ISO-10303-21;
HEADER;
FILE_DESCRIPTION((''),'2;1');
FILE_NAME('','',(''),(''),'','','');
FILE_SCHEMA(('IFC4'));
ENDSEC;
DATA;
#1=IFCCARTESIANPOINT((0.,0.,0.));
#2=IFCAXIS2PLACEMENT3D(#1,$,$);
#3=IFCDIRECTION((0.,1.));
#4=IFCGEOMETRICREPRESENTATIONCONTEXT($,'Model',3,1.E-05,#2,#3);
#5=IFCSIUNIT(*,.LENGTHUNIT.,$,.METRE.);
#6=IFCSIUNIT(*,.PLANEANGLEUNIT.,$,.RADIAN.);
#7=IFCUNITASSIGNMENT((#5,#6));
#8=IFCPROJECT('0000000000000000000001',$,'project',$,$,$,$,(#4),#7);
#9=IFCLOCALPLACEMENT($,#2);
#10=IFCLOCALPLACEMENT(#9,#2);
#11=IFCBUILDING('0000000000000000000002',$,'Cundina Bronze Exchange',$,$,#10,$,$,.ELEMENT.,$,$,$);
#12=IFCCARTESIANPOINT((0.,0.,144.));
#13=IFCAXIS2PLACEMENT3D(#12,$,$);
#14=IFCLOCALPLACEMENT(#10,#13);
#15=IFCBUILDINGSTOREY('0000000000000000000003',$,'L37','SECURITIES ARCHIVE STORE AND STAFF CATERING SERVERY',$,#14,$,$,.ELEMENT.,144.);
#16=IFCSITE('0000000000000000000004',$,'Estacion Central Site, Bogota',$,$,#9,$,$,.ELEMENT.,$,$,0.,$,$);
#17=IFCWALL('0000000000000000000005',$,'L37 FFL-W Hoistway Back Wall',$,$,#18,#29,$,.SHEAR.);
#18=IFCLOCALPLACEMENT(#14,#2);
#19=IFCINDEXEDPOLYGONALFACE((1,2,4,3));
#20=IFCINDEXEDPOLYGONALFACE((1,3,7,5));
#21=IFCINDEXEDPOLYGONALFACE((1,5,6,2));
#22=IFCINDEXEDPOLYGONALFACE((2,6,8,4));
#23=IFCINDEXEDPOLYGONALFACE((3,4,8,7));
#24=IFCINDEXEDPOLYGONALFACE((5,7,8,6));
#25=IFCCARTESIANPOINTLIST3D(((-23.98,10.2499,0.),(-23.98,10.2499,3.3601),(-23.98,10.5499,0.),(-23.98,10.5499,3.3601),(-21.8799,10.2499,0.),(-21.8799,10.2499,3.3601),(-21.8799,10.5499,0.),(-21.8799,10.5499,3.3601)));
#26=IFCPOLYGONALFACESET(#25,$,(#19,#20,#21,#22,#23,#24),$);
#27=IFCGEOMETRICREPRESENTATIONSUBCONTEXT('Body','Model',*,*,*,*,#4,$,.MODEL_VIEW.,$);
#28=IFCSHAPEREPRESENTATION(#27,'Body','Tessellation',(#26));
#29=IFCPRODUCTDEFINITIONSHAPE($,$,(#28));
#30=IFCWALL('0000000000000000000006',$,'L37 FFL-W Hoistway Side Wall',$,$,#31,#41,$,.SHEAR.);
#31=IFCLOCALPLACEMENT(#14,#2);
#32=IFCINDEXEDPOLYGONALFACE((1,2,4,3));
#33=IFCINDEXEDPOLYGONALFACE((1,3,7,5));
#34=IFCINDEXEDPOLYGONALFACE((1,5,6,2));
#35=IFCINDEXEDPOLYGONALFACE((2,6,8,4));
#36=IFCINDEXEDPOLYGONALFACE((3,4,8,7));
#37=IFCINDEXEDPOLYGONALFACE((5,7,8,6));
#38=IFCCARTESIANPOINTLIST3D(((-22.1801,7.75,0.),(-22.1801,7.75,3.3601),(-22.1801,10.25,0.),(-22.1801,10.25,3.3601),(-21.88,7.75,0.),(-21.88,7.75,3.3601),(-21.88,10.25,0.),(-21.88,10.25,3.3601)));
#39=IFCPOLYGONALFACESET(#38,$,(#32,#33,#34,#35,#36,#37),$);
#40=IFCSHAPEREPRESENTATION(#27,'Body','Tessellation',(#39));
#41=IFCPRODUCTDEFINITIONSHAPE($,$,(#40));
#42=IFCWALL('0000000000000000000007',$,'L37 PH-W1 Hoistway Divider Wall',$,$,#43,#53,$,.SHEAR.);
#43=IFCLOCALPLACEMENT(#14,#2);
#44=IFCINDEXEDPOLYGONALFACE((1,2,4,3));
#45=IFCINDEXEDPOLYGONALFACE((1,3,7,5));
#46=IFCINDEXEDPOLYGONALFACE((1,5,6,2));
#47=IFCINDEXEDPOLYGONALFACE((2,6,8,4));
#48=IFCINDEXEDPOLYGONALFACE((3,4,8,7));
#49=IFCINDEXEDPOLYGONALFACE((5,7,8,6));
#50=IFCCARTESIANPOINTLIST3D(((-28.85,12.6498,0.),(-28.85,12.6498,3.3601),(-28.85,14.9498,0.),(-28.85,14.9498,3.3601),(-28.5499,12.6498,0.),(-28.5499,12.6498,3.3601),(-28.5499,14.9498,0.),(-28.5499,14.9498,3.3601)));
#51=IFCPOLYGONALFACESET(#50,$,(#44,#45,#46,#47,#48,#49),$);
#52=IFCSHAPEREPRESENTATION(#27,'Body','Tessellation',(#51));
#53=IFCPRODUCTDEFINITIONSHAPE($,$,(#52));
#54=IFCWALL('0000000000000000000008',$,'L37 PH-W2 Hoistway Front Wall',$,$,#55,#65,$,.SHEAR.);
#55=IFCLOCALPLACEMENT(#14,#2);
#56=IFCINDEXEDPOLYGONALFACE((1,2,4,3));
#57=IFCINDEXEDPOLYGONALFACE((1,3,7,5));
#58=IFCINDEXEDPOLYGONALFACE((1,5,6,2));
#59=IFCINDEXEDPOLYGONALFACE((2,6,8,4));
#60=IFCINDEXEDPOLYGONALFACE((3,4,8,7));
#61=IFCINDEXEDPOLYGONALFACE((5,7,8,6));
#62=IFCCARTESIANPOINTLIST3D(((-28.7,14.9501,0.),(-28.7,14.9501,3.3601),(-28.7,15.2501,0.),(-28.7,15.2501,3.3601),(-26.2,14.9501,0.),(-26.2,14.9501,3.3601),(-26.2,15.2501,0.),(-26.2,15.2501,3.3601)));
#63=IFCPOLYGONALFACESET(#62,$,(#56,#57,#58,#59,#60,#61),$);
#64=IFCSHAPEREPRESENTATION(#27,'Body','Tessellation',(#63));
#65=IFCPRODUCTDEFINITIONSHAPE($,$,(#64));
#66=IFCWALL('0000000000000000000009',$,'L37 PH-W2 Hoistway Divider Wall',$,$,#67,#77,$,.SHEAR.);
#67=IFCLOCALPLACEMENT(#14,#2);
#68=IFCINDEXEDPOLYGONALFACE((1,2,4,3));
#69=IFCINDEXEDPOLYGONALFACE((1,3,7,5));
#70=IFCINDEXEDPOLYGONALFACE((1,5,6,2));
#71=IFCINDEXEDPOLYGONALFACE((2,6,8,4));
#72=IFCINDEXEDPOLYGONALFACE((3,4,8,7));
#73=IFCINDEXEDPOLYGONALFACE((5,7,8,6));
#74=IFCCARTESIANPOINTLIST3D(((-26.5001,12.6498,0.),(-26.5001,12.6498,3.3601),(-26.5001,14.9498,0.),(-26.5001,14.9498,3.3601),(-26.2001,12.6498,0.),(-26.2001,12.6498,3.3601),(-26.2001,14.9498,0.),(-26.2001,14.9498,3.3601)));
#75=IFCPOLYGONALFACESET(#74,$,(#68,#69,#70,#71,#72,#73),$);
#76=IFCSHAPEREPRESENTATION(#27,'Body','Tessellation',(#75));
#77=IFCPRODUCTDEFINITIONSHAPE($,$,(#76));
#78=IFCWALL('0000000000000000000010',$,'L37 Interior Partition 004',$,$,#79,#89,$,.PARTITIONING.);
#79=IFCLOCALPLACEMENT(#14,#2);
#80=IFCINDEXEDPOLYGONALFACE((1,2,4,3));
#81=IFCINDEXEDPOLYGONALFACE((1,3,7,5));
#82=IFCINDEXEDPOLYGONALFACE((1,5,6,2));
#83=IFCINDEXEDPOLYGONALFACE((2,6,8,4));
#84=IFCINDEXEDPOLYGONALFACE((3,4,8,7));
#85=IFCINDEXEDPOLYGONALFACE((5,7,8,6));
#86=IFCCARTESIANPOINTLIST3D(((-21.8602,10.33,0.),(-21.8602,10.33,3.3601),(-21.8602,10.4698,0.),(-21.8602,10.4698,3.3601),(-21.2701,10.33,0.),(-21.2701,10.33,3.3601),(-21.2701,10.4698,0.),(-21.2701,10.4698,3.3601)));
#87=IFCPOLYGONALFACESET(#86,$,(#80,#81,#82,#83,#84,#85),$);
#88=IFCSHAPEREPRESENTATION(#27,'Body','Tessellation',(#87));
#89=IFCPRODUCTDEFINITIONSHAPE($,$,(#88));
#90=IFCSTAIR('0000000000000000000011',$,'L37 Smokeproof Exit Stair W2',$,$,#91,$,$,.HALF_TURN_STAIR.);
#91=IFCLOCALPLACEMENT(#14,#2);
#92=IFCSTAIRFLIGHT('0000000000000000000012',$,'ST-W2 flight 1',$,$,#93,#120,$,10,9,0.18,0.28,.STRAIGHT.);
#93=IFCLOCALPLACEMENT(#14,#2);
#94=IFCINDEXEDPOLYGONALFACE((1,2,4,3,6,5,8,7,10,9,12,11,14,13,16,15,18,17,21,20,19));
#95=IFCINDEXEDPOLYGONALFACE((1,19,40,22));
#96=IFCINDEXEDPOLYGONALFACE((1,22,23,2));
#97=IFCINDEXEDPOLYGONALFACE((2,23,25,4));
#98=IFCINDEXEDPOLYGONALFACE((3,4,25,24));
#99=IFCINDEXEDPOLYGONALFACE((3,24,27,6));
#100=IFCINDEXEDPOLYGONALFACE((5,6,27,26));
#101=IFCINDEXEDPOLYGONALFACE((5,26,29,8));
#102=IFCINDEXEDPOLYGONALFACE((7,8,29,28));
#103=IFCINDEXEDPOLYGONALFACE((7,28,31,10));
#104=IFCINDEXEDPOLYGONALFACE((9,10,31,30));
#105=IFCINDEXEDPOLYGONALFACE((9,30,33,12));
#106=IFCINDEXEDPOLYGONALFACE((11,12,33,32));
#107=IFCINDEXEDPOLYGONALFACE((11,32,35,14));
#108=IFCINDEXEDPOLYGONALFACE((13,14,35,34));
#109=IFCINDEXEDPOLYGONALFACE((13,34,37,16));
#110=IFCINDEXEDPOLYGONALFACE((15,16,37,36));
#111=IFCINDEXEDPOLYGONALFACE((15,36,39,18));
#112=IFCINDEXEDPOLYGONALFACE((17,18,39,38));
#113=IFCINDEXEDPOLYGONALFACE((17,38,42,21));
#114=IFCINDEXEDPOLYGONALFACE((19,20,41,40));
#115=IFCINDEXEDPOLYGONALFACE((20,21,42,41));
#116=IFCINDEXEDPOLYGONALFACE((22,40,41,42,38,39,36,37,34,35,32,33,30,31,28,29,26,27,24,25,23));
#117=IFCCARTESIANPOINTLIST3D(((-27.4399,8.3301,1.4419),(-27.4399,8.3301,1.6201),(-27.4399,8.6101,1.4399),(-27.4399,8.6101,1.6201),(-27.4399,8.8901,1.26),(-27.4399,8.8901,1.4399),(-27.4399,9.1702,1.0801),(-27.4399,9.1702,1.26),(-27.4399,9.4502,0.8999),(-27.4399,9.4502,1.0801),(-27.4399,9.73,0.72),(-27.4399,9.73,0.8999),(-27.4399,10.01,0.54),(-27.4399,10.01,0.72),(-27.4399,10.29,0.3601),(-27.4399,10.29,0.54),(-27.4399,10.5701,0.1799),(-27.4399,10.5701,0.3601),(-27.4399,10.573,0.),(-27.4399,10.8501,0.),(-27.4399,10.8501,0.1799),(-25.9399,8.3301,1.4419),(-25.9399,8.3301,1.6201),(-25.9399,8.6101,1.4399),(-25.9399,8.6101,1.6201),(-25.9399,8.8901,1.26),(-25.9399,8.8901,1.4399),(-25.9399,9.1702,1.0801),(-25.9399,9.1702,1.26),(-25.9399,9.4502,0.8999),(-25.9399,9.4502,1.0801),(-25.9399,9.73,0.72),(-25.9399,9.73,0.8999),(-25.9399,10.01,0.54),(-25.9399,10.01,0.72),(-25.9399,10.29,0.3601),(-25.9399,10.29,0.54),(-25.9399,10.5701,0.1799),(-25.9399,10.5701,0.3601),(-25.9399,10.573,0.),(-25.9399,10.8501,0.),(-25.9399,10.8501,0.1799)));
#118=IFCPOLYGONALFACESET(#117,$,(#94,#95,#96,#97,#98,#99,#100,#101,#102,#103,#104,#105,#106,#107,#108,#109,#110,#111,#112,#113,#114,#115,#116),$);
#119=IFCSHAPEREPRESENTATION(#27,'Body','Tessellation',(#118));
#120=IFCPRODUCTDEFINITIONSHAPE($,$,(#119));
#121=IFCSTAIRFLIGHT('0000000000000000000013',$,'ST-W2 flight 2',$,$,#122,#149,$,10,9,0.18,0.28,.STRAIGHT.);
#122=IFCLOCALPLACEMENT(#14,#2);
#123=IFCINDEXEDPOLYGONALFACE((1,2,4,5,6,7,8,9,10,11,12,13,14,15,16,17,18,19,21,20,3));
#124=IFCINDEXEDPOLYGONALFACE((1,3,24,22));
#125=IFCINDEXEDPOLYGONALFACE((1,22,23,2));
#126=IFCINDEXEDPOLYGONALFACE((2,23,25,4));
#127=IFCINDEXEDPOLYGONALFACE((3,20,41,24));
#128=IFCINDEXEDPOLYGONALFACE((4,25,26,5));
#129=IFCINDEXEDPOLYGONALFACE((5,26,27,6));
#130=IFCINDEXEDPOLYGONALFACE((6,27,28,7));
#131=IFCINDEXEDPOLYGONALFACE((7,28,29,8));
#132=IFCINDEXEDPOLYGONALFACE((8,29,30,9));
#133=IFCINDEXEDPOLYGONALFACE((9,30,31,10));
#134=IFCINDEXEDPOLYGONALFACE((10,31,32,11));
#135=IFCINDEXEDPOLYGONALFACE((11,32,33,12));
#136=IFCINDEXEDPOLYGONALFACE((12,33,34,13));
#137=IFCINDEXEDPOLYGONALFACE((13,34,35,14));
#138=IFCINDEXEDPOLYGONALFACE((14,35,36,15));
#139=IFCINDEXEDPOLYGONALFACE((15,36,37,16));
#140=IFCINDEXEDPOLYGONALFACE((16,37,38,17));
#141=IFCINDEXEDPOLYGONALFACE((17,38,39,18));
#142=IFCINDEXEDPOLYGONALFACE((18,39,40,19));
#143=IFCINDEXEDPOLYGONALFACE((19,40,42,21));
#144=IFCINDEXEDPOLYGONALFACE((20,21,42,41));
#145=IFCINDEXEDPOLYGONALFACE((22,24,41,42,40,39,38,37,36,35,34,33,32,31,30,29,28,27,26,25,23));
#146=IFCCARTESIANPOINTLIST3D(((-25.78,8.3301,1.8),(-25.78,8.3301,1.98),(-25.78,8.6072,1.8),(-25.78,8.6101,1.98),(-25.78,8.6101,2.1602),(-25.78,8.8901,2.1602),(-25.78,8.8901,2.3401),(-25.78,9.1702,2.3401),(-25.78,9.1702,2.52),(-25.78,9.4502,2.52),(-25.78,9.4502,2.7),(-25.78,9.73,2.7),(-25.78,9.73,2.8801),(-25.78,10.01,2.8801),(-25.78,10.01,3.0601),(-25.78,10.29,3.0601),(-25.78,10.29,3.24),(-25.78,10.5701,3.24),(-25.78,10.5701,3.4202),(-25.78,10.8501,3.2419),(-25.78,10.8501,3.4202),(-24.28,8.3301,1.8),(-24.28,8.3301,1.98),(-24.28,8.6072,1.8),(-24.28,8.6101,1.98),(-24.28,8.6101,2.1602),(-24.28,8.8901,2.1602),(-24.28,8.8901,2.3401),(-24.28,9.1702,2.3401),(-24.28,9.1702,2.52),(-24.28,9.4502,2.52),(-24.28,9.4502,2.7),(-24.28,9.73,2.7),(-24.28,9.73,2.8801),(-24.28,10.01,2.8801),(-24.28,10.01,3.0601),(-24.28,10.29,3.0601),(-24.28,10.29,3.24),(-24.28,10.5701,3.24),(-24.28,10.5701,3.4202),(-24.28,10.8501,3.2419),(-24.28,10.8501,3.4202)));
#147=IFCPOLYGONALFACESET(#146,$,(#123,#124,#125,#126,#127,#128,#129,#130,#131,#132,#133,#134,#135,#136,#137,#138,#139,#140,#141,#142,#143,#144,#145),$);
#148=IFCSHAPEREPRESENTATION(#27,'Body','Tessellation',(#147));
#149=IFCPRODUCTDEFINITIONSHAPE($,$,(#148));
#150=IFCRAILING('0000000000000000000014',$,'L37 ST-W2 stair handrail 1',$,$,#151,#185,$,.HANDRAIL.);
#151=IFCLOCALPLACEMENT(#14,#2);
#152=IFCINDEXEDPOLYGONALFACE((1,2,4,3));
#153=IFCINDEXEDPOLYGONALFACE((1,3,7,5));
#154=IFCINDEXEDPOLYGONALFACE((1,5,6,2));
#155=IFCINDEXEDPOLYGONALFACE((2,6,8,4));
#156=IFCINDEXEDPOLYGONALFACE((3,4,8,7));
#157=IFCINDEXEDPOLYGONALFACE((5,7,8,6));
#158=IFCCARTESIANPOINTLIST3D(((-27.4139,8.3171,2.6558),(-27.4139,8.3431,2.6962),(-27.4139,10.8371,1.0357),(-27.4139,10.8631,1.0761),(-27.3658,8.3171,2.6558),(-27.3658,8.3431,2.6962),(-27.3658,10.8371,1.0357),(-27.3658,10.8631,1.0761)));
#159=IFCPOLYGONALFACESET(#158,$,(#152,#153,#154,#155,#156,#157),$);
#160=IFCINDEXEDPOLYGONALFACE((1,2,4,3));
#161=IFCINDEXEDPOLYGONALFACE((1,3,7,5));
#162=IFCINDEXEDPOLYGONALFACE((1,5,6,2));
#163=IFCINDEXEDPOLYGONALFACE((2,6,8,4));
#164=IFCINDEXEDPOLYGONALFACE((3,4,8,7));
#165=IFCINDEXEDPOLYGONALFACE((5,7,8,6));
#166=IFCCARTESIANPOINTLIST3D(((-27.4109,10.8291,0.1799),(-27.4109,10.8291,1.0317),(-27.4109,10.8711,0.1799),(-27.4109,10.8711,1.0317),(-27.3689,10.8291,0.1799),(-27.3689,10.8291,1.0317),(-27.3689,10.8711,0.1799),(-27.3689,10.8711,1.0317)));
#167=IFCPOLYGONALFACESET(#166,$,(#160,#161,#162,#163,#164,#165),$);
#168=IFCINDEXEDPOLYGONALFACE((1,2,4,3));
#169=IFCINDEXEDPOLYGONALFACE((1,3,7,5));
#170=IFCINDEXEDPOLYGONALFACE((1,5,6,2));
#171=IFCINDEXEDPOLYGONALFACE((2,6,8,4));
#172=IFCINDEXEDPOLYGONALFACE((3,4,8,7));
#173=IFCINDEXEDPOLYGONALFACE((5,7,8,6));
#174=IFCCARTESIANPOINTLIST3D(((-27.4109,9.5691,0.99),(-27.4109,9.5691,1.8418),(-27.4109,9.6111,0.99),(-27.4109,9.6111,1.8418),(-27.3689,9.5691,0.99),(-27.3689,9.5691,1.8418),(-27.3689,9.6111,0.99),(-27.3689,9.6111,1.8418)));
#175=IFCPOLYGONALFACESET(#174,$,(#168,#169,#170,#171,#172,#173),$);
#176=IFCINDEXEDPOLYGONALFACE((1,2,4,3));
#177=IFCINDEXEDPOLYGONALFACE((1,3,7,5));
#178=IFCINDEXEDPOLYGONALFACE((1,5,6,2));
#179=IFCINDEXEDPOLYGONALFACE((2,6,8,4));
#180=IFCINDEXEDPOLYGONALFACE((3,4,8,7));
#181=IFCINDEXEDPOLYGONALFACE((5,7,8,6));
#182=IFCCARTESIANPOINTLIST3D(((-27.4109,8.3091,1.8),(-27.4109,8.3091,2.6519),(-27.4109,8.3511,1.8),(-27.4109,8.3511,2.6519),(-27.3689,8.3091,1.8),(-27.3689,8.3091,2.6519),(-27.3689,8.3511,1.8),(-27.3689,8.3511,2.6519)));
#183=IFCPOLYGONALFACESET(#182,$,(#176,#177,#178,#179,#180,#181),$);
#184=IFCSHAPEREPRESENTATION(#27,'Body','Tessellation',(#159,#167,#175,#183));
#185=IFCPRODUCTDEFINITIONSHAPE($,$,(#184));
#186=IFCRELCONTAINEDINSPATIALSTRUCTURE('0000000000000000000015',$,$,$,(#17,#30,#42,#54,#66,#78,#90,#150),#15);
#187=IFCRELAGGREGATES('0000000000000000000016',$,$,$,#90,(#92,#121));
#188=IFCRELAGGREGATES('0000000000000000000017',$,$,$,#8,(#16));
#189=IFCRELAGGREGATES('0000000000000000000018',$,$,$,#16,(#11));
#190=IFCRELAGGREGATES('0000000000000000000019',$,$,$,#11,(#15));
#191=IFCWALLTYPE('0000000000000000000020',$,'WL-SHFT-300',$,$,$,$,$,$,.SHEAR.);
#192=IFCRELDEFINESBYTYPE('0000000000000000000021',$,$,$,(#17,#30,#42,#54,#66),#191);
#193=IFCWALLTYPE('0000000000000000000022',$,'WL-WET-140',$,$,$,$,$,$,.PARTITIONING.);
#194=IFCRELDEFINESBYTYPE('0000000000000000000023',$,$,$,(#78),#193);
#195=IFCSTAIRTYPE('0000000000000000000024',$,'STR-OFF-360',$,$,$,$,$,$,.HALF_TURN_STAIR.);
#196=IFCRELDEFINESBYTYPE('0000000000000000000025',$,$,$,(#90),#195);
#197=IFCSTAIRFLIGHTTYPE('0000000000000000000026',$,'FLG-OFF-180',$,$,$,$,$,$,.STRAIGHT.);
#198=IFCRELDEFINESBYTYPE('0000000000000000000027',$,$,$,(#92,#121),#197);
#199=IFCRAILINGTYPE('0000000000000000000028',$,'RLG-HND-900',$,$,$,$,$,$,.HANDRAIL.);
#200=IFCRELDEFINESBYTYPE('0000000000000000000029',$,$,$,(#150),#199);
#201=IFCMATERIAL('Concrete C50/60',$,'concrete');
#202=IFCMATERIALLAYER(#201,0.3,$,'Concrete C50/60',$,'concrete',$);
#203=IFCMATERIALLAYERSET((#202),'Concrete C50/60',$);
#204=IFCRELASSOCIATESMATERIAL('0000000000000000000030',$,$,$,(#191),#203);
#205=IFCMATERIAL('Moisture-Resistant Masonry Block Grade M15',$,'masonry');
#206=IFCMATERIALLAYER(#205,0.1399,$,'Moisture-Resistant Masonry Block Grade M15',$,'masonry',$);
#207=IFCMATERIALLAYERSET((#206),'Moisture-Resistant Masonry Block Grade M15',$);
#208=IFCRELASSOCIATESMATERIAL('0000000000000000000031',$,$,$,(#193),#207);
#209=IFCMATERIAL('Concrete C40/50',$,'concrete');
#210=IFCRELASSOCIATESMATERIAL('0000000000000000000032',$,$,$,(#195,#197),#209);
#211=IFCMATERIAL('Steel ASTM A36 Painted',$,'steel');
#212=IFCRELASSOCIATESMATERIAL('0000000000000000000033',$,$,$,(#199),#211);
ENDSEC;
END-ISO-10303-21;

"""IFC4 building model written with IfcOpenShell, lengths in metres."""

from ifc_helpers import new_model, si_unit, direction, frame, frame_2d, origin, origin_2d, place, context, subcontext, project, spatial, polyline, rectangle, outline, extrude, material, layer, layer_set, type_object, element, aggregate, save


model = new_model("IFC4")

# Units and contexts
model_context = context("Model", 3, precision=1e-05, world=origin(), true_north=direction((0.0, 1.0)))
body_context = subcontext(model_context, "Body", "Model", "MODEL_VIEW")
ifc_project = project(units=[si_unit("LENGTHUNIT", "METRE"), si_unit("PLANEANGLEUNIT", "RADIAN")], contexts=[model_context])

# Site, building, storey
site_placement = place(None, origin())
site = spatial("IfcSite", under=ifc_project, at=site_placement, Name="Estacion Central Site, Bogota", CompositionType="ELEMENT", RefElevation=0.0)
building_placement = place(site_placement, origin())
building = spatial("IfcBuilding", under=site, at=building_placement, Name="Cundina Bronze Exchange", CompositionType="ELEMENT")
storey_placement = place(building_placement, frame((0.0, 0.0, 144.0)))
storey = spatial("IfcBuildingStorey", under=building, at=storey_placement, Name="L37", Description="SECURITIES ARCHIVE STORE AND STAFF CATERING SERVERY", CompositionType="ELEMENT", Elevation=144.0)

# Shared definitions
ifc_material_1 = material(Name="Concrete C50/60", Category="concrete")

# Shared definitions
ifc_layer_1 = layer(ifc_material_1, 0.3, Name="Concrete C50/60", Category="concrete")
ifc_layer_set_1 = layer_set([ifc_layer_1], Name="Concrete C50/60")
wall_type_1 = type_object("IfcWallType", Name="WL-SHFT-300", PredefinedType="SHEAR", material=ifc_layer_set_1)
ifc_material_2 = material(Name="Steel ASTM A36 Painted", Category="steel")

# Walls
wall_1_placement = place(storey_placement, frame((-23.98, 10.3999, 0.0), z_axis=(0.0, 0.0, 1.0), x_axis=(1.0, 0.0, 0.0)))
element("IfcWall", 1, at=wall_1_placement, inside=storey, type_object=wall_type_1, Name="L37 FFL-W Hoistway Back Wall", PredefinedType="SHEAR", context=body_context, shape_type="SweptSolid", body=[
    extrude(rectangle(XDim=2.1001, YDim=0.3, at=frame_2d((1.05, 0.0))), origin(), (0.0, 0.0, 1.0), 3.3601),
])
wall_2_placement = place(storey_placement, frame((-22.03, 7.75, 0.0), z_axis=(0.0, 0.0, 1.0), x_axis=(0.0, 1.0, 0.0)))
element("IfcWall", 2, at=wall_2_placement, inside=storey, type_object=wall_type_1, Name="L37 FFL-W Hoistway Side Wall", PredefinedType="SHEAR", context=body_context, shape_type="SweptSolid", body=[
    extrude(rectangle(XDim=2.5, YDim=0.3, at=frame_2d((1.25, 0.0))), origin(), (0.0, 0.0, 1.0), 3.3601),
])
wall_3_placement = place(storey_placement, frame((-28.7, 12.6499, 0.0), z_axis=(0.0, 0.0, 1.0), x_axis=(0.0, 1.0, 0.0)))
element("IfcWall", 3, at=wall_3_placement, inside=storey, type_object=wall_type_1, Name="L37 PH-W1 Hoistway Divider Wall", PredefinedType="SHEAR", context=body_context, shape_type="SweptSolid", body=[
    extrude(rectangle(XDim=2.3, YDim=0.3, at=frame_2d((1.1499, 0.0))), origin(), (0.0, 0.0, 1.0), 3.3601),
])
wall_4_placement = place(storey_placement, frame((-28.7, 15.1001, 0.0), z_axis=(0.0, 0.0, 1.0), x_axis=(1.0, 0.0, 0.0)))
element("IfcWall", 4, at=wall_4_placement, inside=storey, type_object=wall_type_1, Name="L37 PH-W2 Hoistway Front Wall", PredefinedType="SHEAR", context=body_context, shape_type="SweptSolid", body=[
    extrude(rectangle(XDim=2.5, YDim=0.3, at=frame_2d((1.25, 0.0))), origin(), (0.0, 0.0, 1.0), 3.3601),
])
wall_5_placement = place(storey_placement, frame((-26.3501, 12.6499, 0.0), z_axis=(0.0, 0.0, 1.0), x_axis=(0.0, 1.0, 0.0)))
element("IfcWall", 5, at=wall_5_placement, inside=storey, type_object=wall_type_1, Name="L37 PH-W2 Hoistway Divider Wall", PredefinedType="SHEAR", context=body_context, shape_type="SweptSolid", body=[
    extrude(rectangle(XDim=2.3, YDim=0.3, at=frame_2d((1.1499, 0.0))), origin(), (0.0, 0.0, 1.0), 3.3601),
])
ifc_material_3 = material(Name="Moisture-Resistant Masonry Block Grade M15", Category="masonry")
ifc_layer_2 = layer(ifc_material_3, 0.1399, Name="Moisture-Resistant Masonry Block Grade M15", Category="masonry")
ifc_layer_set_2 = layer_set([ifc_layer_2], Name="Moisture-Resistant Masonry Block Grade M15")
wall_type_2 = type_object("IfcWallType", Name="WL-WET-140", PredefinedType="PARTITIONING", material=ifc_layer_set_2)
wall_6_placement = place(storey_placement, frame((-21.8601, 10.3999, 0.0), z_axis=(0.0, 0.0, 1.0), x_axis=(1.0, 0.0, 0.0)))
element("IfcWall", 6, at=wall_6_placement, inside=storey, type_object=wall_type_2, Name="L37 Interior Partition 004", PredefinedType="PARTITIONING", context=body_context, shape_type="SweptSolid", body=[
    extrude(rectangle(XDim=0.5901, YDim=0.1399, at=frame_2d((0.2949, 0.0))), origin(), (0.0, 0.0, 1.0), 3.3601),
])

# Stair, stair flights
ifc_material_4 = material(Name="Concrete C40/50", Category="concrete")
stair_type = type_object("IfcStairType", Name="STR-OFF-360", PredefinedType="HALF_TURN_STAIR", material=ifc_material_4)
stair_placement = place(storey_placement, origin())
stair = element("IfcStair", 7, at=stair_placement, inside=storey, type_object=stair_type, Name="L37 Smokeproof Exit Stair W2", PredefinedType="HALF_TURN_STAIR")
stair_flight_type = type_object("IfcStairFlightType", Name="FLG-OFF-180", PredefinedType="STRAIGHT", material=ifc_material_4)
stair_flight_1_placement = place(storey_placement, frame((-26.6899, 10.8501, 0.0), z_axis=(0.0, 0.0, 1.0), x_axis=(0.0, -1.0, 0.0)))
stair_flight_1 = element("IfcStairFlight", 8, at=stair_flight_1_placement, type_object=stair_flight_type, Name="ST-W2 flight 1", NumberOfRisers=10, NumberOfTreads=9, PredefinedType="STRAIGHT", RiserHeight=0.18, TreadLength=0.28, context=body_context, shape_type="SweptSolid", body=[
    extrude(outline(polyline([(0.0, 0.0), (0.0, 0.1799), (0.28, 0.1799), (0.28, 0.3601), (0.5601, 0.3601), (0.5601, 0.54), (0.8401, 0.54), (0.8401, 0.72), (1.1201, 0.72), (1.1201, 0.8999), (1.3999, 0.8999), (1.3999, 1.0801), (1.6799, 1.0801), (1.6799, 1.26), (1.96, 1.26), (1.96, 1.4399), (2.24, 1.4399), (2.24, 1.6201), (2.52, 1.6201), (2.52, 1.8), (2.52, 1.4419), (0.2771, 0.0), (0.0, 0.0)])), frame((0.0, 0.75, 0.0), z_axis=(0.0, -1.0, 0.0), x_axis=(1.0, 0.0, 0.0)), (0.0, 0.0, 1.0), 1.5),
])
stair_flight_2_placement = place(storey_placement, frame((-25.03, 8.3301, 1.8), z_axis=(0.0, 0.0, 1.0), x_axis=(0.0, 1.0, 0.0)))
stair_flight_2 = element("IfcStairFlight", 9, at=stair_flight_2_placement, type_object=stair_flight_type, Name="ST-W2 flight 2", NumberOfRisers=10, NumberOfTreads=9, PredefinedType="STRAIGHT", RiserHeight=0.18, TreadLength=0.28, context=body_context, shape_type="SweptSolid", body=[
    extrude(outline(polyline([(0.0, 0.0), (0.0, 0.1799), (0.28, 0.1799), (0.28, 0.3601), (0.5601, 0.3601), (0.5601, 0.54), (0.8401, 0.54), (0.8401, 0.72), (1.1201, 0.72), (1.1201, 0.8999), (1.3999, 0.8999), (1.3999, 1.0801), (1.6799, 1.0801), (1.6799, 1.26), (1.96, 1.26), (1.96, 1.4399), (2.24, 1.4399), (2.24, 1.6201), (2.52, 1.6201), (2.52, 1.8), (2.52, 1.4419), (0.2771, 0.0), (0.0, 0.0)])), frame((0.0, 0.75, 0.0), z_axis=(0.0, -1.0, 0.0), x_axis=(1.0, 0.0, 0.0)), (0.0, 0.0, 1.0), 1.5),
])
aggregate(stair, [stair_flight_1, stair_flight_2])

# Railing
railing_type_1 = type_object("IfcRailingType", Name="RLG-HND-900", PredefinedType="HANDRAIL", material=ifc_material_2)
railing_1_placement = place(storey_placement, frame((-27.3899, 10.8501, 0.1799)))
element("IfcRailing", 10, at=railing_1_placement, inside=storey, type_object=railing_type_1, Name="L37 ST-W2 stair handrail 1", PredefinedType="HANDRAIL", context=body_context, shape_type="SweptSolid", body=[
    extrude(rectangle(XDim=0.0481, YDim=0.0481, at=origin_2d()), frame((0.0, 0.0, 0.876), z_axis=(0.0, -0.841163, 0.540782), x_axis=(1.0, 0.0, 0.0)), (0.0, 0.0, 1.0), 2.9958),
    extrude(rectangle(XDim=0.042, YDim=0.042, at=origin_2d()), origin(), (0.0, 0.0, 1.0), 0.8518),
    extrude(rectangle(XDim=0.042, YDim=0.042, at=origin_2d()), frame((0.0, -1.26, 0.8101)), (0.0, 0.0, 1.0), 0.8518),
    extrude(rectangle(XDim=0.042, YDim=0.042, at=origin_2d()), frame((0.0, -2.52, 1.6201)), (0.0, 0.0, 1.0), 0.8518),
])

save(model, "model.ifc")
